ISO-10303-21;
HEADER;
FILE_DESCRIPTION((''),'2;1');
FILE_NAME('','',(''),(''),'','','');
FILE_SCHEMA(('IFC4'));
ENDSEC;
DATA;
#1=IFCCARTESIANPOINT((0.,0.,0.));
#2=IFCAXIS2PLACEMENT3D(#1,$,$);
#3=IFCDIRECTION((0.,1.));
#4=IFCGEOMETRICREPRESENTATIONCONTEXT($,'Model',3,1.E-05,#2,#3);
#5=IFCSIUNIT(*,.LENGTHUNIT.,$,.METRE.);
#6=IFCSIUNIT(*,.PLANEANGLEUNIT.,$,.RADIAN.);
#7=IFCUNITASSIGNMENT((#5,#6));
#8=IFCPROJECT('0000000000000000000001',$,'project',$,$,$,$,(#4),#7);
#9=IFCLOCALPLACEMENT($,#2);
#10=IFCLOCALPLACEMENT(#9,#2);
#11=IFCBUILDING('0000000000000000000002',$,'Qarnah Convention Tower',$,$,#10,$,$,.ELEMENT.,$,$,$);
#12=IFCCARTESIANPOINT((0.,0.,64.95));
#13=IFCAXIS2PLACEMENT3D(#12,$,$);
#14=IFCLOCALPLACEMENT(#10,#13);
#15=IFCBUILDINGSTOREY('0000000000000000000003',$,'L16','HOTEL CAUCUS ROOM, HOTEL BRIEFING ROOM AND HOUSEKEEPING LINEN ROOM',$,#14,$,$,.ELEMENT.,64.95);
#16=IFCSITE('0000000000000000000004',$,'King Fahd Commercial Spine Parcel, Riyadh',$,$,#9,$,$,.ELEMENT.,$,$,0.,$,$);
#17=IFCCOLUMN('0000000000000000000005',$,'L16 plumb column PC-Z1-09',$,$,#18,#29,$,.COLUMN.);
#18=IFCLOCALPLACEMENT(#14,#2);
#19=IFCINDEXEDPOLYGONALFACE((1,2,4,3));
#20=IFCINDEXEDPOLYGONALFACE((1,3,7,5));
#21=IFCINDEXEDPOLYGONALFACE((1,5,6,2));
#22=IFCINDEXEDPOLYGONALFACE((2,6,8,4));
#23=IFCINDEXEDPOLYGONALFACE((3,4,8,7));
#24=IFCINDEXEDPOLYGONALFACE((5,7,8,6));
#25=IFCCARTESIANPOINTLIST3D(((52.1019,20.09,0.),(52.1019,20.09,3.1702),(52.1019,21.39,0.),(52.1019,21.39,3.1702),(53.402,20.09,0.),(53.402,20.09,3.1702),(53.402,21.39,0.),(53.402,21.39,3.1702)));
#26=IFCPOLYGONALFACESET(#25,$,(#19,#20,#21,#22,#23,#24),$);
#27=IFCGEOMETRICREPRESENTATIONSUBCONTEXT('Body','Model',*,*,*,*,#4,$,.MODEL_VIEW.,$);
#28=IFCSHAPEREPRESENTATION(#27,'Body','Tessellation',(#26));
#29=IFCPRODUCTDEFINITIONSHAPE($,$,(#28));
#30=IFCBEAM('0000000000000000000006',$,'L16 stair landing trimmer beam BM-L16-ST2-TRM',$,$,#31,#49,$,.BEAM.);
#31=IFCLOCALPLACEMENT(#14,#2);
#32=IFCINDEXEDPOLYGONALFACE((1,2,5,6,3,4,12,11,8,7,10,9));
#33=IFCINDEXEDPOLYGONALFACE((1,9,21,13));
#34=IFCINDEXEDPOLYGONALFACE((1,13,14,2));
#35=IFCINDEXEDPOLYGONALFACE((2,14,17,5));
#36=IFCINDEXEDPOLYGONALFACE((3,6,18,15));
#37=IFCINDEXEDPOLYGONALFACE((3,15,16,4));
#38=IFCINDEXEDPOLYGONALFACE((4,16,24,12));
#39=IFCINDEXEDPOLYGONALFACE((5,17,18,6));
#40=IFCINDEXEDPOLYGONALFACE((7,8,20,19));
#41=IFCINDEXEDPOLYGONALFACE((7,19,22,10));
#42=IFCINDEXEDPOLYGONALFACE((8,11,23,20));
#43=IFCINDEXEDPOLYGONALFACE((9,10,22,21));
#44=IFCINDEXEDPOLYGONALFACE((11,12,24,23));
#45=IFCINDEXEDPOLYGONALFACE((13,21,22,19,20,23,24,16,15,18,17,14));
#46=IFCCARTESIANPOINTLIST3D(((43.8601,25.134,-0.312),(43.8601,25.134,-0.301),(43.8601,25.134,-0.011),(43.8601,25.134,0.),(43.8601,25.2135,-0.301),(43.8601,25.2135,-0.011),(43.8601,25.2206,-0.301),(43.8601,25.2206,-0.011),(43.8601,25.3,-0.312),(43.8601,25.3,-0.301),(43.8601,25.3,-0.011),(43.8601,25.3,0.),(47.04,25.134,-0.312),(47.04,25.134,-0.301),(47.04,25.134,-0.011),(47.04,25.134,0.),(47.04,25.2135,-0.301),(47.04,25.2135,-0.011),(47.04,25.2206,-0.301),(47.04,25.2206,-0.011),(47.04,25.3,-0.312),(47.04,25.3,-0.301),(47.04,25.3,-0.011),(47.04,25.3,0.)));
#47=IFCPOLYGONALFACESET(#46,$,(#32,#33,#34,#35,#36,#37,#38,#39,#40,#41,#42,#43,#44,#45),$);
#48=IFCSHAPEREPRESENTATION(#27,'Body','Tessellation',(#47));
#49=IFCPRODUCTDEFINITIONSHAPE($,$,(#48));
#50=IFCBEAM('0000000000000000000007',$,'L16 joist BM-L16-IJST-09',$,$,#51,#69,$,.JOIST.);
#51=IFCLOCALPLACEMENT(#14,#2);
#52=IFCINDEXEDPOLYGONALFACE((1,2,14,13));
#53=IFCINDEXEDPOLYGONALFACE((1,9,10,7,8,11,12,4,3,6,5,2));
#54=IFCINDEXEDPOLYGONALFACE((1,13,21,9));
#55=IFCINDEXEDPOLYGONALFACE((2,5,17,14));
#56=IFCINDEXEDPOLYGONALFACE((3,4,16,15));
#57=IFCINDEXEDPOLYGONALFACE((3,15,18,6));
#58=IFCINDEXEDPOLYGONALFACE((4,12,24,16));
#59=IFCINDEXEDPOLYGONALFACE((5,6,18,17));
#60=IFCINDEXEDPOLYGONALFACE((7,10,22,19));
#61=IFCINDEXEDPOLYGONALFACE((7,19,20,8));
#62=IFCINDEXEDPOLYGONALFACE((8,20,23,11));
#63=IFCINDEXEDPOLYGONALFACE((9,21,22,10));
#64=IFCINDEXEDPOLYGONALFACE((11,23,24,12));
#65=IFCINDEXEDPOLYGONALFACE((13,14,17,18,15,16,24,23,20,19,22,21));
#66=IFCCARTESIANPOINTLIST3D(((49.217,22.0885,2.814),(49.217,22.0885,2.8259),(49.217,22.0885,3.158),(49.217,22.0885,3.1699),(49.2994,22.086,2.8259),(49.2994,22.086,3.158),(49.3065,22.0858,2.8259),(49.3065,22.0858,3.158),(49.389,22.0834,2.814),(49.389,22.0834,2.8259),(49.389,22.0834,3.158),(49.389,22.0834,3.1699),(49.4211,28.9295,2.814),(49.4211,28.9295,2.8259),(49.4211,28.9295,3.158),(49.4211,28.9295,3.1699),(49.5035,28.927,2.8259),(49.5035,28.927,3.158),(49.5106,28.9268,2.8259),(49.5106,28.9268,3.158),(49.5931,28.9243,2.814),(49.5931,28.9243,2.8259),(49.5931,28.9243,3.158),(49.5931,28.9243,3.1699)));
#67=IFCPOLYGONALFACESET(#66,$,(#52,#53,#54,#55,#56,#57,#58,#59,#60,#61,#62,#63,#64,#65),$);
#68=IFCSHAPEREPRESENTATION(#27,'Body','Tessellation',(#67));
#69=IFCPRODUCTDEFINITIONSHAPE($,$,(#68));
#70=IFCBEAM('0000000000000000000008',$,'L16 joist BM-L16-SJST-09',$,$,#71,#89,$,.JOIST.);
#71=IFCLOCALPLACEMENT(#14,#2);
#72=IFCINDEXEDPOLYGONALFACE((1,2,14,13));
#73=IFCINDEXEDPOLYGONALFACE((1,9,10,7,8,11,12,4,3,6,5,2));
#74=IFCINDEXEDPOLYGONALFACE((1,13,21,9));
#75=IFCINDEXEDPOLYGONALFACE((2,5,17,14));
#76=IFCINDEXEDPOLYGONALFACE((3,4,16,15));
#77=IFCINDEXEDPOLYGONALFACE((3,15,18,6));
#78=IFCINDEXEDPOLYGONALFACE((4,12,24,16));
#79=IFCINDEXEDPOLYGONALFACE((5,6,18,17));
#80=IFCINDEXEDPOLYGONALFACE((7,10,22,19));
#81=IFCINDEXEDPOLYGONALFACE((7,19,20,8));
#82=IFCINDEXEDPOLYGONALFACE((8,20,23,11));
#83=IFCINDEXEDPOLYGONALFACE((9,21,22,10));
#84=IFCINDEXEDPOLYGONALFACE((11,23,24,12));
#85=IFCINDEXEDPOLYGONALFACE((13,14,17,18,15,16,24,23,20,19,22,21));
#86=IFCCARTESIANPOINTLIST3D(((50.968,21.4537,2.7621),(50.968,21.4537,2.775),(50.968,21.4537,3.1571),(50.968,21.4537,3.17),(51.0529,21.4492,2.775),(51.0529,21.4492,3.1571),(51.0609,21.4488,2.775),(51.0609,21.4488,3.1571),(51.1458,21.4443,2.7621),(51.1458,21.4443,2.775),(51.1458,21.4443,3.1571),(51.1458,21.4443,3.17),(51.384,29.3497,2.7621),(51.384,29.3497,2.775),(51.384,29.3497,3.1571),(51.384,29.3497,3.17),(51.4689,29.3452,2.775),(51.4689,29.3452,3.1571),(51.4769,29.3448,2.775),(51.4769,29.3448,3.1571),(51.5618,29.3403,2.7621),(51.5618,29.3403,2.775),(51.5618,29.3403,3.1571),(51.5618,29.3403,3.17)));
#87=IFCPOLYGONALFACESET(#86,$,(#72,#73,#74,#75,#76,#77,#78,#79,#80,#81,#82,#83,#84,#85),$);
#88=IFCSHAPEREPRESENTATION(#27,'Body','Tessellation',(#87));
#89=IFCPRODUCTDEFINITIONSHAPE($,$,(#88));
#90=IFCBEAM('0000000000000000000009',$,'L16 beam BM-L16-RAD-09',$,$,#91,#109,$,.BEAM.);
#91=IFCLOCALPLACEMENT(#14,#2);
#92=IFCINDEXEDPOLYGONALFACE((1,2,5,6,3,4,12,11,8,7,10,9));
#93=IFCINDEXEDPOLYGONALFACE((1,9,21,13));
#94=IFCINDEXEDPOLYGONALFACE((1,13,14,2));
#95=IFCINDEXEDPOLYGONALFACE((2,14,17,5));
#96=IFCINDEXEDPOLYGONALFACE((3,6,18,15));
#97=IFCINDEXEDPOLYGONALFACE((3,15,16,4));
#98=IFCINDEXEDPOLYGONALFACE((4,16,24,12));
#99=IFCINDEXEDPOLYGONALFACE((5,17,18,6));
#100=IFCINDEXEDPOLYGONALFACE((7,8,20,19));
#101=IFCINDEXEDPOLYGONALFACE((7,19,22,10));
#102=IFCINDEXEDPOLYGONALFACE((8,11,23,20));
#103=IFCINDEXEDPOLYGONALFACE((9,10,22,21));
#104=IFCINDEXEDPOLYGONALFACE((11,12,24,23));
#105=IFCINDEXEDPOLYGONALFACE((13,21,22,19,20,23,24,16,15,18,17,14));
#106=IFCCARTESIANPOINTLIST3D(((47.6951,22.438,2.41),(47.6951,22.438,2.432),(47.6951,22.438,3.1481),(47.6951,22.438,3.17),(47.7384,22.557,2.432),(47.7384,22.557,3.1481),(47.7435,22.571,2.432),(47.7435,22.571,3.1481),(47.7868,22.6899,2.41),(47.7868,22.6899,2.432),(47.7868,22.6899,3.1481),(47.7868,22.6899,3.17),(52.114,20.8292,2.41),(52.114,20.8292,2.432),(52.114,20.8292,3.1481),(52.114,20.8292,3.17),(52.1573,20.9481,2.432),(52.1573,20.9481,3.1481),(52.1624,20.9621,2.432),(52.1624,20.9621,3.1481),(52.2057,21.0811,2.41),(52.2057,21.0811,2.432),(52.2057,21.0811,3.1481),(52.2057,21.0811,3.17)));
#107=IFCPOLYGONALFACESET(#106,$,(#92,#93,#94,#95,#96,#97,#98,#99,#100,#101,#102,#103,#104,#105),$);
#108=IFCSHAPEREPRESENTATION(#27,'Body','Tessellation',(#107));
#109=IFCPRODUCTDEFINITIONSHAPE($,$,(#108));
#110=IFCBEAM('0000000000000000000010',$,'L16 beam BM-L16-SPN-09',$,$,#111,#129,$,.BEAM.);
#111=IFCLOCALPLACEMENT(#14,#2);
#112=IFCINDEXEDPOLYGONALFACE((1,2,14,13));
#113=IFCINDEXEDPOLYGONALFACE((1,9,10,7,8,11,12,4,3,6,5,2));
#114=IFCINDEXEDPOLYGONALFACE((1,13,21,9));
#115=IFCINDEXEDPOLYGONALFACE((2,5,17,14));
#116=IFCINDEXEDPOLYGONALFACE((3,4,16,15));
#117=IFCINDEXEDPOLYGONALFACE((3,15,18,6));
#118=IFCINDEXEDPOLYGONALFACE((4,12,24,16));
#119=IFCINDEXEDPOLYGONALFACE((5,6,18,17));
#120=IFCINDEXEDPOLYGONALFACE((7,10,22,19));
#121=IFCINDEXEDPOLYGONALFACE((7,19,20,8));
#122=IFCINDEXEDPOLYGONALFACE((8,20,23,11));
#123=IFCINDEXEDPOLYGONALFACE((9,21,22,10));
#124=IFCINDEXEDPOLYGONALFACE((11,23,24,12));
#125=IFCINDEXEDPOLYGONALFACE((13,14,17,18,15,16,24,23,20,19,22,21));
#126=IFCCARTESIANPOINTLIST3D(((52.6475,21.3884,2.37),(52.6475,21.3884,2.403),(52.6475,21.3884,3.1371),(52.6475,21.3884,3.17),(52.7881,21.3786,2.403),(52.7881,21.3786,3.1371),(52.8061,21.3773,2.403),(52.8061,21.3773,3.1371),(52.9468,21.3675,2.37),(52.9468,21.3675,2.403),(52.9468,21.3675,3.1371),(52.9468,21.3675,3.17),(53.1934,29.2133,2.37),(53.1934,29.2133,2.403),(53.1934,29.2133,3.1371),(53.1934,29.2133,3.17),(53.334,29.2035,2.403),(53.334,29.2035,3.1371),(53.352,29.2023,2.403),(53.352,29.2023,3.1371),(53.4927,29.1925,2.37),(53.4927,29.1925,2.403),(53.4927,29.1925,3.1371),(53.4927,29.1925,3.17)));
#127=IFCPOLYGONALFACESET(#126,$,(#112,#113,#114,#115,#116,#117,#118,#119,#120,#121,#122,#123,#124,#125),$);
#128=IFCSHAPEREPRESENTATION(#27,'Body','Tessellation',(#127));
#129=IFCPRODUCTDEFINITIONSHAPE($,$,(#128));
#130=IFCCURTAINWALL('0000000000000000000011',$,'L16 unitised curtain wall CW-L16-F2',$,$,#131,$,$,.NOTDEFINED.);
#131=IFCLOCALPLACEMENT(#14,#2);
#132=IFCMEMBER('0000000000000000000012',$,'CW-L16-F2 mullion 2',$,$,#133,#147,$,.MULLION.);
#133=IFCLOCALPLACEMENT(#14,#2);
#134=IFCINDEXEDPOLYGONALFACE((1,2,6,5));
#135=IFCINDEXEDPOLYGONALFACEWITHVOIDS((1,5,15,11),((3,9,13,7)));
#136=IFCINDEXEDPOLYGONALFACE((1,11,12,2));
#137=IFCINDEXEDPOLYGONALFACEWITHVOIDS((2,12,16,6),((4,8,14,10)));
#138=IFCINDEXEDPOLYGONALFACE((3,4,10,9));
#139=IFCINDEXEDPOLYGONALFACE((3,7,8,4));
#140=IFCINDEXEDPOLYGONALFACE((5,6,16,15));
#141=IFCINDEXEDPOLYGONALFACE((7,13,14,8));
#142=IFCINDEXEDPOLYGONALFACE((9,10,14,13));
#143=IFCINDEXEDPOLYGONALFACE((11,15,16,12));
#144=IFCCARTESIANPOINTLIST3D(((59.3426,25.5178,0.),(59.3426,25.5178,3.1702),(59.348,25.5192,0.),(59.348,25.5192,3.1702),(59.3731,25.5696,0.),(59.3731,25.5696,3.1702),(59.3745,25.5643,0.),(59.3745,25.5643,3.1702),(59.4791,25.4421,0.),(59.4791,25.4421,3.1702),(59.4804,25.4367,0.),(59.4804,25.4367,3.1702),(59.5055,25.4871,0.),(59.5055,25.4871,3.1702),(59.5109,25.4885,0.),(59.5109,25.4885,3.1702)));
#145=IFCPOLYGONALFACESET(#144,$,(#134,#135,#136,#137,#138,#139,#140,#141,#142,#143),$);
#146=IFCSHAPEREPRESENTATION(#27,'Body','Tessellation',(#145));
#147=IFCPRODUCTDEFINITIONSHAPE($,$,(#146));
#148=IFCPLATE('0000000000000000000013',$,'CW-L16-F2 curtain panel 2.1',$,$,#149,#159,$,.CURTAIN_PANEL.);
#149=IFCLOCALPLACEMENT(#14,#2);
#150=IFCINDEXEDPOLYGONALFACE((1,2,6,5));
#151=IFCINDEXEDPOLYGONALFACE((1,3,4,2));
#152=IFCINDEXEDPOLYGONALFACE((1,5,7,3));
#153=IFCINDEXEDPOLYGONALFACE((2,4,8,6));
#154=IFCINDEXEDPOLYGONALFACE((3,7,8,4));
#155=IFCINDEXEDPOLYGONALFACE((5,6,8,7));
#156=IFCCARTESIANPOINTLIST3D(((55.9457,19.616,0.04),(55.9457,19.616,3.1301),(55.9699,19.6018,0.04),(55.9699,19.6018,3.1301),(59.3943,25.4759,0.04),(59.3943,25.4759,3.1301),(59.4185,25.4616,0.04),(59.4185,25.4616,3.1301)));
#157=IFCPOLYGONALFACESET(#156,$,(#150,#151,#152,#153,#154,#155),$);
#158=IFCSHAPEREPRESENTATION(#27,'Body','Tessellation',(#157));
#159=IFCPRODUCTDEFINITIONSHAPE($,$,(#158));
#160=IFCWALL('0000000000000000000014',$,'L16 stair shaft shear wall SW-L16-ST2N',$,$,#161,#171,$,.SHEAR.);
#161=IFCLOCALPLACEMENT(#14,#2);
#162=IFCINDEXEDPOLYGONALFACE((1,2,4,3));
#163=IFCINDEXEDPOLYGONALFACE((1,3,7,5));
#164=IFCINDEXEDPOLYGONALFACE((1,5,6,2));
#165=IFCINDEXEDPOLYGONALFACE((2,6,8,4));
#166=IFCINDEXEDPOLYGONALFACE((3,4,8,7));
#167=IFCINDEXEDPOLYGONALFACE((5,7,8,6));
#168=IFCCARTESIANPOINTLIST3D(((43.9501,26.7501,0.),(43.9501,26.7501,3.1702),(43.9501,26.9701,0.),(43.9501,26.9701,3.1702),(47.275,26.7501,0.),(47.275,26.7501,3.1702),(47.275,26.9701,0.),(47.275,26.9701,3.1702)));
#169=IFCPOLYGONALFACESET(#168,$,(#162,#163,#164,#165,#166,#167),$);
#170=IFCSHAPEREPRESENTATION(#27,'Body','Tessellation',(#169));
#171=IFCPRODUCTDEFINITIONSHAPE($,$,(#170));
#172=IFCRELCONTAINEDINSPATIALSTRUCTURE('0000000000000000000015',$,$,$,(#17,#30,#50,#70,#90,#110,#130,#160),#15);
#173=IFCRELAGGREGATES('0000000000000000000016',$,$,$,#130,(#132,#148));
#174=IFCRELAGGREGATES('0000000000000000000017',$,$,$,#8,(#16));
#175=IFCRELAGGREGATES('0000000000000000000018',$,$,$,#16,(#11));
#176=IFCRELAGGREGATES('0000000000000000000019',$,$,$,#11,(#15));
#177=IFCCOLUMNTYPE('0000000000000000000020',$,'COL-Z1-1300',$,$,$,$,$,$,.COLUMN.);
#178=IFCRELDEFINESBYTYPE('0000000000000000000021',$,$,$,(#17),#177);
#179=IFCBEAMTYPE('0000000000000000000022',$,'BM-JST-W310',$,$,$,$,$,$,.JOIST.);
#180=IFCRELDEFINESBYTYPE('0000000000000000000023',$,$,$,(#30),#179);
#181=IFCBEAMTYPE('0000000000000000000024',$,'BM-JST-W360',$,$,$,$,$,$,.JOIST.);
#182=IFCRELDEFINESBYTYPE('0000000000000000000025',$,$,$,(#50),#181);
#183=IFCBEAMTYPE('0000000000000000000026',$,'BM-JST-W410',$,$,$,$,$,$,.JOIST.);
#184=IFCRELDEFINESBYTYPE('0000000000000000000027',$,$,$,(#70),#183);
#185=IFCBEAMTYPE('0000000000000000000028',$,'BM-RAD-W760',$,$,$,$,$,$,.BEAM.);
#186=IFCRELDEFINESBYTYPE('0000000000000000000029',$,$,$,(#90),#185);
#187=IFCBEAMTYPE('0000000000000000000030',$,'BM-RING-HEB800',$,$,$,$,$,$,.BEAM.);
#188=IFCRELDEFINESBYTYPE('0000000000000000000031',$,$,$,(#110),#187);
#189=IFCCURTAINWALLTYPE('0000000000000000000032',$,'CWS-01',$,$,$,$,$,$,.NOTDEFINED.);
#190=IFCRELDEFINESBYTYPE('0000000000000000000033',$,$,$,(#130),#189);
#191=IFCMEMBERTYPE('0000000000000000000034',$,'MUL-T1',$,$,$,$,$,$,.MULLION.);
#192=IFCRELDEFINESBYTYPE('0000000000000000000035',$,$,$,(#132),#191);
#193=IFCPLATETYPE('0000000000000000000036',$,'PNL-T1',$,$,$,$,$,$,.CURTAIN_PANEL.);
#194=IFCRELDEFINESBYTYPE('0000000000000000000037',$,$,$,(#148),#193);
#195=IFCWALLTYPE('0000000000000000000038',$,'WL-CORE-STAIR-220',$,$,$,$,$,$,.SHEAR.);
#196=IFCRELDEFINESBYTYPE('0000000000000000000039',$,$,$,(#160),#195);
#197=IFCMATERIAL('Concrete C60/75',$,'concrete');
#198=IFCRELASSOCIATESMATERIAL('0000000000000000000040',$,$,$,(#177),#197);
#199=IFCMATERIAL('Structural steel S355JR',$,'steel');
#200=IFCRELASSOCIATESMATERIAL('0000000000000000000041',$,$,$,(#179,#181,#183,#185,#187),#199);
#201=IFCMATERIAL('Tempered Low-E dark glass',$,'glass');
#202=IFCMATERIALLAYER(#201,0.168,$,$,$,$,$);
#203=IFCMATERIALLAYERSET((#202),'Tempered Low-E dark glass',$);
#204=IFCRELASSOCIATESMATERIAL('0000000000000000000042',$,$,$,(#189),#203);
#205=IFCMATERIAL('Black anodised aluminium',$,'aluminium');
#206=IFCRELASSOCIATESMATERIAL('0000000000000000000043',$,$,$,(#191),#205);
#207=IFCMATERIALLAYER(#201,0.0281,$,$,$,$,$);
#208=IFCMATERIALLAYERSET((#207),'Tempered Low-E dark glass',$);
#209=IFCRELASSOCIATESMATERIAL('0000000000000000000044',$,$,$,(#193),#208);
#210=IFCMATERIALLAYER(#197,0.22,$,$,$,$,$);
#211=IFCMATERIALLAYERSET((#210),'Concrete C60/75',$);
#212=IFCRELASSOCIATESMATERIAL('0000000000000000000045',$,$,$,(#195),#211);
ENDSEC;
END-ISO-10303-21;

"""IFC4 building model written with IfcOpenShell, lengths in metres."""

from ifc_helpers import new_model, si_unit, direction, frame, frame_2d, origin, origin_2d, place, context, subcontext, project, spatial, rectangle, hollow_rectangle, i_section, extrude, material, layer, layer_set, material_profile, profile_set, type_object, element, aggregate, save


model = new_model("IFC4")

# Units and contexts
model_context = context("Model", 3, precision=1e-05, world=origin(), true_north=direction((0.0, 1.0)))
body_context = subcontext(model_context, "Body", "Model", "MODEL_VIEW")
ifc_project = project(units=[si_unit("LENGTHUNIT", "METRE"), si_unit("PLANEANGLEUNIT", "RADIAN")], contexts=[model_context])

# Site, building, storey
site_placement = place(None, origin())
site = spatial("IfcSite", under=ifc_project, at=site_placement, Name="King Fahd Commercial Spine Parcel, Riyadh", CompositionType="ELEMENT", RefElevation=0.0)
building_placement = place(site_placement, origin())
building = spatial("IfcBuilding", under=site, at=building_placement, Name="Qarnah Convention Tower", CompositionType="ELEMENT")
storey_placement = place(building_placement, frame((0.0, 0.0, 64.95)))
storey = spatial("IfcBuildingStorey", under=building, at=storey_placement, Name="L16", Description="HOTEL CAUCUS ROOM, HOTEL BRIEFING ROOM AND HOUSEKEEPING LINEN ROOM", CompositionType="ELEMENT", Elevation=64.95)

# Column
ifc_material_1 = material(Name="Concrete C60/75", Category="concrete")
ifc_material_profile_1 = material_profile(ifc_material_1, rectangle(XDim=1.3, YDim=1.3, at=origin_2d()), Name="RC-COL-1300X1300")
ifc_profile_set_1 = profile_set([ifc_material_profile_1], Name="Concrete C60/75")
column_type = type_object("IfcColumnType", Name="COL-Z1-1300", PredefinedType="COLUMN", material=ifc_profile_set_1)
column_placement = place(storey_placement, frame((52.752, 20.74, 0.0), z_axis=(0.0, 0.0, 1.0), x_axis=(1.0, 0.0, 0.0)))
element("IfcColumn", 1, at=column_placement, inside=storey, type_object=column_type, Name="L16 plumb column PC-Z1-09", PredefinedType="COLUMN", context=body_context, shape_type="SweptSolid", body=[
    extrude(rectangle(XDim=1.3, YDim=1.3, at=origin_2d()), origin(), (0.0, 0.0, 1.0), 3.1702),
])

# Beams
ifc_material_2 = material(Name="Structural steel S355JR", Category="steel")
ifc_material_profile_2 = material_profile(ifc_material_2, i_section(OverallWidth=0.166, OverallDepth=0.312, WebThickness=0.0071, FlangeThickness=0.011, at=origin_2d()), Name="W310X45")
ifc_profile_set_2 = profile_set([ifc_material_profile_2], Name="Structural steel S355JR")
beam_type_1 = type_object("IfcBeamType", Name="BM-JST-W310", PredefinedType="JOIST", material=ifc_profile_set_2)
beam_1_placement = place(storey_placement, frame((43.8601, 25.217, -0.156), z_axis=(1.0, 0.0, 0.0), x_axis=(0.0, 1.0, 0.0)))
element("IfcBeam", 2, at=beam_1_placement, inside=storey, type_object=beam_type_1, Name="L16 stair landing trimmer beam BM-L16-ST2-TRM", PredefinedType="BEAM", context=body_context, shape_type="SweptSolid", body=[
    extrude(i_section(OverallWidth=0.166, OverallDepth=0.312, WebThickness=0.0071, FlangeThickness=0.011, at=origin_2d()), origin(), (0.0, 0.0, 1.0), 3.1799),
])
ifc_material_profile_3 = material_profile(ifc_material_2, i_section(OverallWidth=0.1721, OverallDepth=0.356, WebThickness=0.0071, FlangeThickness=0.012, at=origin_2d()), Name="W360X51")
ifc_profile_set_3 = profile_set([ifc_material_profile_3], Name="Structural steel S355JR")
beam_type_2 = type_object("IfcBeamType", Name="BM-JST-W360", PredefinedType="JOIST", material=ifc_profile_set_3)
beam_2_placement = place(storey_placement, frame((49.303, 22.0859, 2.9919), z_axis=(0.029821, 0.999555, 0.0), x_axis=(-0.999555, 0.029821, 0.0)))
element("IfcBeam", 3, at=beam_2_placement, inside=storey, type_object=beam_type_2, Name="L16 joist BM-L16-IJST-09", PredefinedType="JOIST", context=body_context, shape_type="SweptSolid", body=[
    extrude(i_section(OverallWidth=0.1721, OverallDepth=0.356, WebThickness=0.0071, FlangeThickness=0.012, at=origin_2d()), origin(), (0.0, 0.0, 1.0), 6.844),
])
ifc_material_profile_4 = material_profile(ifc_material_2, i_section(OverallWidth=0.178, OverallDepth=0.408, WebThickness=0.0081, FlangeThickness=0.0129, at=origin_2d()), Name="W410X60")
ifc_profile_set_4 = profile_set([ifc_material_profile_4], Name="Structural steel S355JR")
beam_type_3 = type_object("IfcBeamType", Name="BM-JST-W410", PredefinedType="JOIST", material=ifc_profile_set_4)
beam_3_placement = place(storey_placement, frame((51.0569, 21.449, 2.9661), z_axis=(0.052614, 0.998615, 0.0), x_axis=(-0.998615, 0.052614, 0.0)))
element("IfcBeam", 4, at=beam_3_placement, inside=storey, type_object=beam_type_3, Name="L16 joist BM-L16-SJST-09", PredefinedType="JOIST", context=body_context, shape_type="SweptSolid", body=[
    extrude(i_section(OverallWidth=0.178, OverallDepth=0.408, WebThickness=0.0081, FlangeThickness=0.0129, at=origin_2d()), origin(), (0.0, 0.0, 1.0), 7.907),
])
ifc_material_profile_5 = material_profile(ifc_material_2, i_section(OverallWidth=0.2681, OverallDepth=0.76, WebThickness=0.0149, FlangeThickness=0.022, at=origin_2d()), Name="W760X185")
ifc_profile_set_5 = profile_set([ifc_material_profile_5], Name="Structural steel S355JR")
beam_type_4 = type_object("IfcBeamType", Name="BM-RAD-W760", PredefinedType="BEAM", material=ifc_profile_set_5)
beam_4_placement = place(storey_placement, frame((47.741, 22.564, 2.79), z_axis=(0.939657, -0.342118, 0.0), x_axis=(0.342118, 0.939657, 0.0)))
element("IfcBeam", 5, at=beam_4_placement, inside=storey, type_object=beam_type_4, Name="L16 beam BM-L16-RAD-09", PredefinedType="BEAM", context=body_context, shape_type="SweptSolid", body=[
    extrude(i_section(OverallWidth=0.2681, OverallDepth=0.76, WebThickness=0.0149, FlangeThickness=0.022, at=origin_2d()), origin(), (0.0, 0.0, 1.0), 4.7026),
])
ifc_material_profile_6 = material_profile(ifc_material_2, i_section(OverallWidth=0.3, OverallDepth=0.8, WebThickness=0.0181, FlangeThickness=0.033, at=origin_2d()), Name="HEB800")
ifc_profile_set_6 = profile_set([ifc_material_profile_6], Name="Structural steel S355JR")
beam_type_5 = type_object("IfcBeamType", Name="BM-RING-HEB800", PredefinedType="BEAM", material=ifc_profile_set_6)
beam_5_placement = place(storey_placement, frame((52.7971, 21.3779, 2.77), z_axis=(0.069595, 0.997575, 0.0), x_axis=(-0.997575, 0.069595, 0.0)))
element("IfcBeam", 6, at=beam_5_placement, inside=storey, type_object=beam_type_5, Name="L16 beam BM-L16-SPN-09", PredefinedType="BEAM", context=body_context, shape_type="SweptSolid", body=[
    extrude(i_section(OverallWidth=0.3, OverallDepth=0.8, WebThickness=0.0181, FlangeThickness=0.033, at=origin_2d()), origin(), (0.0, 0.0, 1.0), 7.844),
])

# Curtain wall, member, plate
ifc_material_3 = material(Name="Tempered Low-E dark glass", Category="glass")
ifc_layer_1 = layer(ifc_material_3, 0.168)
ifc_layer_set_1 = layer_set([ifc_layer_1], Name="Tempered Low-E dark glass")
curtain_wall_type = type_object("IfcCurtainWallType", Name="CWS-01", PredefinedType="NOTDEFINED", material=ifc_layer_set_1)
curtain_wall_placement = place(storey_placement, origin())
curtain_wall = element("IfcCurtainWall", 7, at=curtain_wall_placement, inside=storey, type_object=curtain_wall_type, Name="L16 unitised curtain wall CW-L16-F2", PredefinedType="NOTDEFINED")
ifc_material_4 = material(Name="Black anodised aluminium", Category="aluminium")
ifc_material_profile_7 = material_profile(ifc_material_4, hollow_rectangle(XDim=0.0601, YDim=0.1599, WallThickness=0.0039, at=origin_2d()), Name="MUL-60X160")
ifc_profile_set_7 = profile_set([ifc_material_profile_7], Name="Black anodised aluminium")
member_type = type_object("IfcMemberType", Name="MUL-T1", PredefinedType="MULLION", material=ifc_profile_set_7)
member_placement = place(storey_placement, frame((59.4268, 25.5032, 0.0), z_axis=(0.0, 0.0, 1.0), x_axis=(-0.507201, -0.861828, 0.0)))
member = element("IfcMember", 8, at=member_placement, type_object=member_type, Name="CW-L16-F2 mullion 2", PredefinedType="MULLION", context=body_context, shape_type="SweptSolid", body=[
    extrude(hollow_rectangle(XDim=0.0601, YDim=0.1599, WallThickness=0.0039, at=origin_2d()), origin(), (0.0, 0.0, 1.0), 3.1702),
])
ifc_layer_2 = layer(ifc_material_3, 0.0281)
ifc_layer_set_2 = layer_set([ifc_layer_2], Name="Tempered Low-E dark glass")
plate_type = type_object("IfcPlateType", Name="PNL-T1", PredefinedType="CURTAIN_PANEL", material=ifc_layer_set_2)
plate_placement = place(storey_placement, frame((57.6821, 22.5388, 0.04), z_axis=(0.0, 0.0, 1.0), x_axis=(-0.507201, -0.861828, 0.0)))
plate = element("IfcPlate", 9, at=plate_placement, type_object=plate_type, Name="CW-L16-F2 curtain panel 2.1", PredefinedType="CURTAIN_PANEL", context=body_context, shape_type="SweptSolid", body=[
    extrude(rectangle(XDim=6.7993, YDim=0.0281, at=origin_2d()), origin(), (0.0, 0.0, 1.0), 3.0901),
])
aggregate(curtain_wall, [member, plate])

# Wall
ifc_layer_3 = layer(ifc_material_1, 0.22)
ifc_layer_set_3 = layer_set([ifc_layer_3], Name="Concrete C60/75")
wall_type_1 = type_object("IfcWallType", Name="WL-CORE-STAIR-220", PredefinedType="SHEAR", material=ifc_layer_set_3)
wall_1_placement = place(storey_placement, frame((43.95, 26.8601, 0.0), z_axis=(0.0, 0.0, 1.0), x_axis=(1.0, 0.0, 0.0)))
element("IfcWall", 10, at=wall_1_placement, inside=storey, type_object=wall_type_1, Name="L16 stair shaft shear wall SW-L16-ST2N", PredefinedType="SHEAR", context=body_context, shape_type="SweptSolid", body=[
    extrude(rectangle(XDim=3.325, YDim=0.22, at=frame_2d((1.6626, 0.0))), origin(), (0.0, 0.0, 1.0), 3.1702),
])

save(model, "model.ifc")
